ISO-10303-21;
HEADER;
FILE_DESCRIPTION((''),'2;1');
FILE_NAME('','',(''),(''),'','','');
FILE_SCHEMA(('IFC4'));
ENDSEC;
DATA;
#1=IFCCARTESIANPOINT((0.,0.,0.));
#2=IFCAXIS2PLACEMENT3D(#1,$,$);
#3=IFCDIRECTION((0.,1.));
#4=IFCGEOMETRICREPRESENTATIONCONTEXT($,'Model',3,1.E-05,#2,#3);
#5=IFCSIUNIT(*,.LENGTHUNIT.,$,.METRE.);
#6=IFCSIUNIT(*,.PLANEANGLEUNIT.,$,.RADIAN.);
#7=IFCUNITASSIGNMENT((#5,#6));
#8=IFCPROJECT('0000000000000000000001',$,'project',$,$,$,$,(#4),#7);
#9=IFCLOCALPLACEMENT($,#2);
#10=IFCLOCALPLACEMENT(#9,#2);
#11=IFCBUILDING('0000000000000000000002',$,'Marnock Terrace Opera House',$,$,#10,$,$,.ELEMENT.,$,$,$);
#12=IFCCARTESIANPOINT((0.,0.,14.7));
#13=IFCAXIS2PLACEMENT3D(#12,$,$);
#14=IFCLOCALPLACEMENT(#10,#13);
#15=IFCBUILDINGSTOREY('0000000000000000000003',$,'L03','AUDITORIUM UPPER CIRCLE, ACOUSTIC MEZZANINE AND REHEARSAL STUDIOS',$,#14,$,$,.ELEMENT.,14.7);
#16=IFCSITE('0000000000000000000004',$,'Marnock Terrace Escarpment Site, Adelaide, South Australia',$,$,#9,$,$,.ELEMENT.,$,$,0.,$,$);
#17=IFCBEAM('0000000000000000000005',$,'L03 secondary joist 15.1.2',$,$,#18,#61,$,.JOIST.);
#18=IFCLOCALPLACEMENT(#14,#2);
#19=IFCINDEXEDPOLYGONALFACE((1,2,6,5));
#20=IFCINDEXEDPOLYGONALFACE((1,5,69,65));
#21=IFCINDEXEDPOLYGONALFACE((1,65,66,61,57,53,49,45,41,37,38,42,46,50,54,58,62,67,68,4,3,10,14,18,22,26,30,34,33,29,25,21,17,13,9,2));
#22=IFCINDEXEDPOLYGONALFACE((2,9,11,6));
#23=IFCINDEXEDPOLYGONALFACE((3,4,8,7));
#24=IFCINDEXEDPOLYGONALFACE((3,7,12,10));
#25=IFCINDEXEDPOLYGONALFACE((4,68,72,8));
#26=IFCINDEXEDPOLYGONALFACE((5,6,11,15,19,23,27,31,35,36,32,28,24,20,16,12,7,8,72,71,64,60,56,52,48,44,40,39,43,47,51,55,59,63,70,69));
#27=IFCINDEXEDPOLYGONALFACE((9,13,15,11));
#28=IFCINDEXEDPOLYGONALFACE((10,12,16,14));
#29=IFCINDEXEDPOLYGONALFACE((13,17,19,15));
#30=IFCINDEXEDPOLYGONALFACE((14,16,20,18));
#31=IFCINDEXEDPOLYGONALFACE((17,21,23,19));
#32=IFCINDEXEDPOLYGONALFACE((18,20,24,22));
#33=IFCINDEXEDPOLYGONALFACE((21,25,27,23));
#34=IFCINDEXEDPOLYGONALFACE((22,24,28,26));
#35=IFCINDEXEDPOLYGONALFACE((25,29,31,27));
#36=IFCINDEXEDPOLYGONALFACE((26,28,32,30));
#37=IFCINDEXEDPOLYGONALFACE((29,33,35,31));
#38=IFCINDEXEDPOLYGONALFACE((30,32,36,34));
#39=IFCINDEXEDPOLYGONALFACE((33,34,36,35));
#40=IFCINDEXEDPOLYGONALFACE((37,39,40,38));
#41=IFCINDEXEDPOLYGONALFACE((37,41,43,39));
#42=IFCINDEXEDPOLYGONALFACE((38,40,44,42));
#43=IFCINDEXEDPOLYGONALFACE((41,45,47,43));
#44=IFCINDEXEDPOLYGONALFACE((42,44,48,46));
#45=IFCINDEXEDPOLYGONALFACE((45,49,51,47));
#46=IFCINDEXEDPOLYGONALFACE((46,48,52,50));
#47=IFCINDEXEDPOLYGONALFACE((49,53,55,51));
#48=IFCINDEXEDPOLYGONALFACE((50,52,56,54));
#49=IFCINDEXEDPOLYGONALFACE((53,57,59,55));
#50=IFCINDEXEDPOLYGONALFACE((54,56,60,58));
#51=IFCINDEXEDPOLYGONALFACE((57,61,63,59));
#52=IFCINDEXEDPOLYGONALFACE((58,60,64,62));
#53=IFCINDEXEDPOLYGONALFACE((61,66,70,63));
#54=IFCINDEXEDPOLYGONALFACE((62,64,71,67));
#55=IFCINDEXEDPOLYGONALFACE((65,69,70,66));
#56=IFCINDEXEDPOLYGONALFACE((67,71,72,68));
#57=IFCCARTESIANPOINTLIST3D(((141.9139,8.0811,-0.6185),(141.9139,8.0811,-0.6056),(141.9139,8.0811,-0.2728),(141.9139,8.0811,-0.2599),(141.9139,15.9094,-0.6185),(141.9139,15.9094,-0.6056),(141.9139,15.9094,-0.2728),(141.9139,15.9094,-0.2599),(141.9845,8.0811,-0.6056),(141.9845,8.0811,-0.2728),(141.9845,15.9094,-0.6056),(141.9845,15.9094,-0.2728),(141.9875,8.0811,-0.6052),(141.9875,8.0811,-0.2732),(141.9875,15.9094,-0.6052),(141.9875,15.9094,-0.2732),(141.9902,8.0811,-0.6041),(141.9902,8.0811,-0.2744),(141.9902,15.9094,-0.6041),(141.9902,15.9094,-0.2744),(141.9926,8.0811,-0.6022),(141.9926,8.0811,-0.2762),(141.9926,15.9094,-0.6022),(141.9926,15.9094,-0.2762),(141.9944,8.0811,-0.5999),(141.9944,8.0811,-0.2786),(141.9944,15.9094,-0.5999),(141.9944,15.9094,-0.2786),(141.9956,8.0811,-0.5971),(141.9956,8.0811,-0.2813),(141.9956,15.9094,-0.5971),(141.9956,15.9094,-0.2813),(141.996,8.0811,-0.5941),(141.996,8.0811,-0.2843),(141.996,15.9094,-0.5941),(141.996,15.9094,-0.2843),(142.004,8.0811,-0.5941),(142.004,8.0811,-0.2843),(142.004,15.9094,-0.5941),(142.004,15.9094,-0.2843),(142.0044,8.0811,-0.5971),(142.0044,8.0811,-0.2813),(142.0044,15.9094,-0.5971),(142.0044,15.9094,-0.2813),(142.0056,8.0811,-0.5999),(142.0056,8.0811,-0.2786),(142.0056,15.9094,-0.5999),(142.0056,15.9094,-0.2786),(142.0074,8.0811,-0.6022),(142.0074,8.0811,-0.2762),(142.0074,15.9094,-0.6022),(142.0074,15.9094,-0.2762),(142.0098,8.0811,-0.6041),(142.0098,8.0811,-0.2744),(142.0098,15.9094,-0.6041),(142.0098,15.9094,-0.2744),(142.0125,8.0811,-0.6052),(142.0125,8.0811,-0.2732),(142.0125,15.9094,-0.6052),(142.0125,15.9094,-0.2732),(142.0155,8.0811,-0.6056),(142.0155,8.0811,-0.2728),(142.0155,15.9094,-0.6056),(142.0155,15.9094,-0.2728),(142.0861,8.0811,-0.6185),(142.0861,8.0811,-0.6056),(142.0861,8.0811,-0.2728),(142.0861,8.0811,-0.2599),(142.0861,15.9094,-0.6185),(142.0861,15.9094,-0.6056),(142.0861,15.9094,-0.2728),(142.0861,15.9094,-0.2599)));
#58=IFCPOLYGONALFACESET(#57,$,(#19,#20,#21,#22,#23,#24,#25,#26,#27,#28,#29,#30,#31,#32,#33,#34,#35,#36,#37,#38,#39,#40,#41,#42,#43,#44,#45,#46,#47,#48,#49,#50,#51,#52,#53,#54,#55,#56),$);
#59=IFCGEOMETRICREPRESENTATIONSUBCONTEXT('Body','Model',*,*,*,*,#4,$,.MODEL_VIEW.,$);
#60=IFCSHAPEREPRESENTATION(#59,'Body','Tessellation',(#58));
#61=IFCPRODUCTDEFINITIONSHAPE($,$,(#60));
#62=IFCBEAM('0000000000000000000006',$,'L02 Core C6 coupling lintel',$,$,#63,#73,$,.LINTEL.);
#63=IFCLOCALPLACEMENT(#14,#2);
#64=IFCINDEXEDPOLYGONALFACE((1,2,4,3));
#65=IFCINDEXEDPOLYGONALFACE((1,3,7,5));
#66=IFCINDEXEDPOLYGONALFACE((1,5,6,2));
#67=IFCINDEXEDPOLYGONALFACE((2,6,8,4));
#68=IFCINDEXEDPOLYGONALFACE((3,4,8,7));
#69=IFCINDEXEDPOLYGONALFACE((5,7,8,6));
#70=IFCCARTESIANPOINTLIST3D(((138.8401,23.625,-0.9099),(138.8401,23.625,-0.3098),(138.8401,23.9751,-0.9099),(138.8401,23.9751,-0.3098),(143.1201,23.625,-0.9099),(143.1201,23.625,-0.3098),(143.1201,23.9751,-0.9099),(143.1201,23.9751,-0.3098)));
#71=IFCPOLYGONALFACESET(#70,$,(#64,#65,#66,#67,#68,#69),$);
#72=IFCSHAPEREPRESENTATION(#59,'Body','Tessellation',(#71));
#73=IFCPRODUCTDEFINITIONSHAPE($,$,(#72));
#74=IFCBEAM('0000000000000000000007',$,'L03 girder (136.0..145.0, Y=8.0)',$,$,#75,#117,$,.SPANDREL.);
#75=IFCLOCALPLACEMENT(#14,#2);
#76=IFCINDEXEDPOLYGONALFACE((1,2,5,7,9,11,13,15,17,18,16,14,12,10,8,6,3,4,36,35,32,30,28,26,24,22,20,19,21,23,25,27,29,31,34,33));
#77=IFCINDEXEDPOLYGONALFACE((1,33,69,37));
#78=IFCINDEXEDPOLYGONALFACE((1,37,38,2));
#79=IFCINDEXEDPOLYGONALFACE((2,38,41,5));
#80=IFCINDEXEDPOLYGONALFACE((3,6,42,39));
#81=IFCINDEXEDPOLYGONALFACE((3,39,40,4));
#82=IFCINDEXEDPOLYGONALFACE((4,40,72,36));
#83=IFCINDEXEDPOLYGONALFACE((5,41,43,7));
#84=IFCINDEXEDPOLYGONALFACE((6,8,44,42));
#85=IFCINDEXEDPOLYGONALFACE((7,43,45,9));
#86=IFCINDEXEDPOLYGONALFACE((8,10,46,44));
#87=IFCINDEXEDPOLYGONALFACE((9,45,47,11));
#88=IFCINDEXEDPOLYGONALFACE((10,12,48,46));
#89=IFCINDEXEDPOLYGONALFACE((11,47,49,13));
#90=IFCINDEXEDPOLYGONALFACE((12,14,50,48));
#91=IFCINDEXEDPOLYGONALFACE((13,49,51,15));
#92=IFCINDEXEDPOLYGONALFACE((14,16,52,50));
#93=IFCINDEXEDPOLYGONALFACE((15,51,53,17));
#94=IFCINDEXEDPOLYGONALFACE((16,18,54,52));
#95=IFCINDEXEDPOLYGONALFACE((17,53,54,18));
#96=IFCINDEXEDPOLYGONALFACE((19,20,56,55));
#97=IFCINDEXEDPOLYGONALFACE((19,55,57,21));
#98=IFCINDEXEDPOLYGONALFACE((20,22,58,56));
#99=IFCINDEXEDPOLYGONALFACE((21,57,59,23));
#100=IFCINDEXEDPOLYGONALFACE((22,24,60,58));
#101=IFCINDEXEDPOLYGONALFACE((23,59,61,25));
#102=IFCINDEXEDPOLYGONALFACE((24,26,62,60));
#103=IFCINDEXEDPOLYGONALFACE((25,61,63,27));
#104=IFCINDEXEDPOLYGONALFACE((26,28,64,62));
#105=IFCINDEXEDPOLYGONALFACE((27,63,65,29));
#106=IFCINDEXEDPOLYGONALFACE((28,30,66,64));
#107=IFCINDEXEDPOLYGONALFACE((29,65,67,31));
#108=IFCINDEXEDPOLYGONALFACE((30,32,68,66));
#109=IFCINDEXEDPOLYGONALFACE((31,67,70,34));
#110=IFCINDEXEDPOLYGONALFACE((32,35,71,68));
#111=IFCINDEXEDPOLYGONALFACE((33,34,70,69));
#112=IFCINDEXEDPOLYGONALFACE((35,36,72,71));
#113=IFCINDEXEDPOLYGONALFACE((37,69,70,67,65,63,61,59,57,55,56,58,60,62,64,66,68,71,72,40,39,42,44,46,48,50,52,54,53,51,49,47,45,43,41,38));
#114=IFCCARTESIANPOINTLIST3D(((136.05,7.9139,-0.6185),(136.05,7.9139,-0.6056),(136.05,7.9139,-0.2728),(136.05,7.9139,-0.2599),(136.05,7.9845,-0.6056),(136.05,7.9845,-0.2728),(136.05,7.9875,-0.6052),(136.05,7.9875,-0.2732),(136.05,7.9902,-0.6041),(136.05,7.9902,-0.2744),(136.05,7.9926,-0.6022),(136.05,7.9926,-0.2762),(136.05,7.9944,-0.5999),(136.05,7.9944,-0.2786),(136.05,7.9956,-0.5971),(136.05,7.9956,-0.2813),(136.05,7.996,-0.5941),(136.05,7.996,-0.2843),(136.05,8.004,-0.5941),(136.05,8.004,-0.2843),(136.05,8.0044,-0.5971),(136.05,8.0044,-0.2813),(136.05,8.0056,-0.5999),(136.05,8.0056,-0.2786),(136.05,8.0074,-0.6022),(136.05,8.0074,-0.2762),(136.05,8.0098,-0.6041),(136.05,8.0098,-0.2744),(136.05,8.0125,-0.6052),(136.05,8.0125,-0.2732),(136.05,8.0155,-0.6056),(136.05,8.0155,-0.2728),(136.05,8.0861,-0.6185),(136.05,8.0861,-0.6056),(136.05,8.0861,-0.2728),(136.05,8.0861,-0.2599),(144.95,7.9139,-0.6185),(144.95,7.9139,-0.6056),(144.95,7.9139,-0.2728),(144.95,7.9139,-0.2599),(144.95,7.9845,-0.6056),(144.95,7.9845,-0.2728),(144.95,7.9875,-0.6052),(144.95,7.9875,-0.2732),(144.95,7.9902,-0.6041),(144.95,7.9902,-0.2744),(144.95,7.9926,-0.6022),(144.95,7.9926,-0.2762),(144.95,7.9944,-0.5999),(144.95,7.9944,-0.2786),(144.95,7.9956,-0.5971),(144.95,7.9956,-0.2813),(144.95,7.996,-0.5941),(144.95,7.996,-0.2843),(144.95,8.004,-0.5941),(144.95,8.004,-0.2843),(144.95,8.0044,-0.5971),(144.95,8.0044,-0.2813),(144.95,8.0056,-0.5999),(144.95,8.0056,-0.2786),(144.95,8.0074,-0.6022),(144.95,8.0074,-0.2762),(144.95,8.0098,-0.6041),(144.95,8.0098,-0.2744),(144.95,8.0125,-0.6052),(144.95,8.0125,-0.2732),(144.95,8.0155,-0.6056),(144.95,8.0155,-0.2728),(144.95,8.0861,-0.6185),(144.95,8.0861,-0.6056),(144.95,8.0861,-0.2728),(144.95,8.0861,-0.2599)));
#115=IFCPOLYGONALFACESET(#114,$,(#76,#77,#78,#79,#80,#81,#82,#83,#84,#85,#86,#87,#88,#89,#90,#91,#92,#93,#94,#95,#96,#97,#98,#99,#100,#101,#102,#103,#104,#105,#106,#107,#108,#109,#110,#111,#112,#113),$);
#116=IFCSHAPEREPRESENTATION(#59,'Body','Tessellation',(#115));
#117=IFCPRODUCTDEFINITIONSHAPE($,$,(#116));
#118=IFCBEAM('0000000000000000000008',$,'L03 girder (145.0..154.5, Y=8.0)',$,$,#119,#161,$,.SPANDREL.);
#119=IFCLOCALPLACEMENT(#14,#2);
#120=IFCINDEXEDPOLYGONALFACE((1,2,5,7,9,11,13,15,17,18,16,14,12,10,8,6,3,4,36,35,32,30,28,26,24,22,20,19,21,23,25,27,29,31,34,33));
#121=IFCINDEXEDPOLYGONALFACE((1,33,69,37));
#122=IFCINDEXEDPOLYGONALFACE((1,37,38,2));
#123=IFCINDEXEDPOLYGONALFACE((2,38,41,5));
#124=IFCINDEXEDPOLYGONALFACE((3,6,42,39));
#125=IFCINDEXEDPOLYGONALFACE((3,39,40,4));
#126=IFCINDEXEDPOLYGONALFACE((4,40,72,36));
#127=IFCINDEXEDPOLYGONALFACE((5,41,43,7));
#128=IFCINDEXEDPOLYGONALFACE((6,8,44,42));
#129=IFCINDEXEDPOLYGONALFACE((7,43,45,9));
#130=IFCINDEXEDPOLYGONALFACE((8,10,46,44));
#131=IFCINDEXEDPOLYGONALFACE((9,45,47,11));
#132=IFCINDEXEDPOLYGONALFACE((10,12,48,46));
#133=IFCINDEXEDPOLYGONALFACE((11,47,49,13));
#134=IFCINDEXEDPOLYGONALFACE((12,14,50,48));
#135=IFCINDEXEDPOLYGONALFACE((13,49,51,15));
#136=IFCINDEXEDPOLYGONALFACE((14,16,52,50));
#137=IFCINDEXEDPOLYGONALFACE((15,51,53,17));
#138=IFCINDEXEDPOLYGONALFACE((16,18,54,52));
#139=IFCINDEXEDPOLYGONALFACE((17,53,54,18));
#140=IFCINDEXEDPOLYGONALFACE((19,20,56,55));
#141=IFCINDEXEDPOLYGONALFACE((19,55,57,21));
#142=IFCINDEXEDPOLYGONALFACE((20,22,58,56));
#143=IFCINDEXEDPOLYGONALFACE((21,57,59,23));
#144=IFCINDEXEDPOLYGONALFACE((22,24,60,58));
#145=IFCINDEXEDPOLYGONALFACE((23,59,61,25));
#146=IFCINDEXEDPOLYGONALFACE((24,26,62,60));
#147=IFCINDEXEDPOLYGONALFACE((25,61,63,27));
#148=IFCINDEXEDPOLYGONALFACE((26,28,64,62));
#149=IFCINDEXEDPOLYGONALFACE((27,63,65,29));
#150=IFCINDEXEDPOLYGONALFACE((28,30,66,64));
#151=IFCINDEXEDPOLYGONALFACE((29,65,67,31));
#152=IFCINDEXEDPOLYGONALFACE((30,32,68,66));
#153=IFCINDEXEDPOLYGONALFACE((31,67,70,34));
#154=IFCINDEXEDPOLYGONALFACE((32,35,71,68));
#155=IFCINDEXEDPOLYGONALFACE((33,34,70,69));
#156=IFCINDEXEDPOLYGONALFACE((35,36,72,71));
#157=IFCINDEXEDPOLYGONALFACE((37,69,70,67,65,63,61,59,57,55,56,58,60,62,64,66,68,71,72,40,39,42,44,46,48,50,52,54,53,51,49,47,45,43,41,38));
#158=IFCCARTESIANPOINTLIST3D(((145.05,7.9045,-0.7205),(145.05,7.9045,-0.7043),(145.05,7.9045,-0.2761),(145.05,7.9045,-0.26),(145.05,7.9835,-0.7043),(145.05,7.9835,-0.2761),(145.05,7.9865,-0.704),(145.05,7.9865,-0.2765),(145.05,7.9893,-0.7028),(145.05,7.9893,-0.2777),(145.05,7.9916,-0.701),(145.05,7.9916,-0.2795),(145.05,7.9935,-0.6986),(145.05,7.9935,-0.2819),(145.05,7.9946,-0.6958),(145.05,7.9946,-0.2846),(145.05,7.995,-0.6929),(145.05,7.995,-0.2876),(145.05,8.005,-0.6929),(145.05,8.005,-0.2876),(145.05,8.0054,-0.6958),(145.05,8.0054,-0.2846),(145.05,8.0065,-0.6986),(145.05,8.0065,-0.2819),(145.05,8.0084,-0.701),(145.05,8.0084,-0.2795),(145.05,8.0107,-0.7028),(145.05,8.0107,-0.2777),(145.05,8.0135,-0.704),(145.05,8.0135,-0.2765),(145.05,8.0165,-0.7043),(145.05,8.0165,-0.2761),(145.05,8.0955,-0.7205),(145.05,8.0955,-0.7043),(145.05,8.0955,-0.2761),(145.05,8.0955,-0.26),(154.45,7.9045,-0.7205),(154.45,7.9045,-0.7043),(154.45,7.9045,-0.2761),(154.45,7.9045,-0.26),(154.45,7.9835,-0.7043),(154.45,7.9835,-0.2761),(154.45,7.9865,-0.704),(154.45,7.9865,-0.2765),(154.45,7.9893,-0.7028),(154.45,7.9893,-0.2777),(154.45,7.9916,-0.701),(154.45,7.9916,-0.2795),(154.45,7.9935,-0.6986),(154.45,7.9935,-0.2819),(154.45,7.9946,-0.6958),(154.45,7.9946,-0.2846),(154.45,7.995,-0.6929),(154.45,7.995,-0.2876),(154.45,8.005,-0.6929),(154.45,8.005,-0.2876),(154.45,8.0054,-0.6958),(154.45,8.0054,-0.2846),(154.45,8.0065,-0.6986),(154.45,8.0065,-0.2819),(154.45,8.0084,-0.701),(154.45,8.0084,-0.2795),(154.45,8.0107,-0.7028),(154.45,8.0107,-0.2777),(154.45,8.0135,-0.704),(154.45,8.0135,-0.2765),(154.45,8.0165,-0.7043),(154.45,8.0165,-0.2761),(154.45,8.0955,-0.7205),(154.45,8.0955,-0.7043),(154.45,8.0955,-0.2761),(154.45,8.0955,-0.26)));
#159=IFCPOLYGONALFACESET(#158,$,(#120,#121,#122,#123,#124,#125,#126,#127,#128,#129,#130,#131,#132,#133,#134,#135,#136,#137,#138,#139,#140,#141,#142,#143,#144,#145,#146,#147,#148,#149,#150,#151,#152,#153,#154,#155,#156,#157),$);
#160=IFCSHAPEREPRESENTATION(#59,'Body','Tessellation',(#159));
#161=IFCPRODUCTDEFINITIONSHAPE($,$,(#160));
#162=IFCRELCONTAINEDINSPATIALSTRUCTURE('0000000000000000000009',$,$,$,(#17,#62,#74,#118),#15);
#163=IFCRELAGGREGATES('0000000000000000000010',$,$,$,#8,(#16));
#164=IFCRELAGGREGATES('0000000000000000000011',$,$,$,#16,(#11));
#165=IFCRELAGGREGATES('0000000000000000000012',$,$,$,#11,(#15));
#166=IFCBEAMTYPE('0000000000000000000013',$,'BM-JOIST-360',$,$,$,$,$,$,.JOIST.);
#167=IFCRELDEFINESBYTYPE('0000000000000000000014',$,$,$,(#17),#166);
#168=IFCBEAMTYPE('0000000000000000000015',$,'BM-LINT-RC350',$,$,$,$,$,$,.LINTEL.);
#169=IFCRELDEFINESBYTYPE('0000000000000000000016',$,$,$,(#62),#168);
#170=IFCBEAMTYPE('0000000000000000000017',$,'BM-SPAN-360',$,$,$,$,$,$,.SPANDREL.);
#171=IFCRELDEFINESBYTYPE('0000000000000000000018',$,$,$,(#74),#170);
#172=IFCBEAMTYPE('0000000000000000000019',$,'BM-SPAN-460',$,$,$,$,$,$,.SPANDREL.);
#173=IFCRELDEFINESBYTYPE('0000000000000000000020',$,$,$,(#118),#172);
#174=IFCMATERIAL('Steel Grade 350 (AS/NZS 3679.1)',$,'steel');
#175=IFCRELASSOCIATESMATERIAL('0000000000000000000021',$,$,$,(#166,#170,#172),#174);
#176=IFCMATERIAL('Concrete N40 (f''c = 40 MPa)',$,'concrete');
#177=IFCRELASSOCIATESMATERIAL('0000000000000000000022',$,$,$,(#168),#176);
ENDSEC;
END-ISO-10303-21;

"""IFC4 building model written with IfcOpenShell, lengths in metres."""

from ifc_helpers import new_model, si_unit, direction, frame, origin, origin_2d, place, context, subcontext, project, spatial, rectangle, i_section, extrude, material, material_profile, profile_set, type_object, element, save


model = new_model("IFC4")

# Units and contexts
model_context = context("Model", 3, precision=1e-05, world=origin(), true_north=direction((0.0, 1.0)))
body_context = subcontext(model_context, "Body", "Model", "MODEL_VIEW")
ifc_project = project(units=[si_unit("LENGTHUNIT", "METRE"), si_unit("PLANEANGLEUNIT", "RADIAN")], contexts=[model_context])

# Site, building, storey
site_placement = place(None, origin())
site = spatial("IfcSite", under=ifc_project, at=site_placement, Name="Marnock Terrace Escarpment Site, Adelaide, South Australia", CompositionType="ELEMENT", RefElevation=0.0)
building_placement = place(site_placement, origin())
building = spatial("IfcBuilding", under=site, at=building_placement, Name="Marnock Terrace Opera House", CompositionType="ELEMENT")
storey_placement = place(building_placement, frame((0.0, 0.0, 14.7)))
storey = spatial("IfcBuildingStorey", under=building, at=storey_placement, Name="L03", Description="AUDITORIUM UPPER CIRCLE, ACOUSTIC MEZZANINE AND REHEARSAL STUDIOS", CompositionType="ELEMENT", Elevation=14.7)

# Shared definitions
ifc_material_1 = material(Name="Concrete N40 (f'c = 40 MPa)", Category="concrete")

# Beams
ifc_material_2 = material(Name="Steel Grade 350 (AS/NZS 3679.1)", Category="steel")
ifc_material_profile_1 = material_profile(ifc_material_2, i_section(OverallWidth=0.1721, OverallDepth=0.3586, WebThickness=0.0081, FlangeThickness=0.0129, FilletRadius=0.0115, at=origin_2d()))
ifc_profile_set_1 = profile_set([ifc_material_profile_1], Name="Steel Grade 350 (AS/NZS 3679.1)")
beam_type_1 = type_object("IfcBeamType", Name="BM-JOIST-360", PredefinedType="JOIST", material=ifc_profile_set_1)
for number, where, z_axis, x_axis, name in (
    (1, (142.0, 8.0811, -0.4392), (0.0, 1.0, 0.0), (-1.0, 0.0, 0.0), "L03 secondary joist 15.1.2"),
):
    element("IfcBeam", number, at=place(storey_placement, frame(where, z_axis=z_axis, x_axis=x_axis)), inside=storey, type_object=beam_type_1, Name=name, PredefinedType="JOIST", context=body_context, shape_type="SweptSolid", body=[
        extrude(i_section(OverallWidth=0.1721, OverallDepth=0.3586, WebThickness=0.0081, FlangeThickness=0.0129, FilletRadius=0.0115, at=origin_2d()), origin(), (0.0, 0.0, 1.0), 7.8284),
    ])
ifc_material_profile_2 = material_profile(ifc_material_1, rectangle(XDim=0.3501, YDim=0.6001, at=origin_2d()))
ifc_profile_set_2 = profile_set([ifc_material_profile_2], Name="Concrete N40 (f'c = 40 MPa)")
beam_type_2 = type_object("IfcBeamType", Name="BM-LINT-RC350", PredefinedType="LINTEL", material=ifc_profile_set_2)
beam_1_placement = place(storey_placement, frame((138.8401, 23.8, -0.6099), z_axis=(1.0, 0.0, 0.0), x_axis=(0.0, 1.0, 0.0)))
element("IfcBeam", 2, at=beam_1_placement, inside=storey, type_object=beam_type_2, Name="L02 Core C6 coupling lintel", PredefinedType="LINTEL", context=body_context, shape_type="SweptSolid", body=[
    extrude(rectangle(XDim=0.3501, YDim=0.6001, at=origin_2d()), origin(), (0.0, 0.0, 1.0), 4.28),
])
ifc_material_profile_3 = material_profile(ifc_material_2, i_section(OverallWidth=0.1721, OverallDepth=0.3586, WebThickness=0.0081, FlangeThickness=0.0129, FilletRadius=0.0115, at=origin_2d()))
ifc_profile_set_3 = profile_set([ifc_material_profile_3], Name="Steel Grade 350 (AS/NZS 3679.1)")
beam_type_3 = type_object("IfcBeamType", Name="BM-SPAN-360", PredefinedType="SPANDREL", material=ifc_profile_set_3)
beam_2_placement = place(storey_placement, frame((136.05, 8.0, -0.4392), z_axis=(1.0, 0.0, 0.0), x_axis=(0.0, 1.0, 0.0)))
element("IfcBeam", 3, at=beam_2_placement, inside=storey, type_object=beam_type_3, Name="L03 girder (136.0..145.0, Y=8.0)", PredefinedType="SPANDREL", context=body_context, shape_type="SweptSolid", body=[
    extrude(i_section(OverallWidth=0.1721, OverallDepth=0.3586, WebThickness=0.0081, FlangeThickness=0.0129, FilletRadius=0.0115, at=origin_2d()), origin(), (0.0, 0.0, 1.0), 8.8999),
])
ifc_material_profile_4 = material_profile(ifc_material_2, i_section(OverallWidth=0.1909, OverallDepth=0.4604, WebThickness=0.01, FlangeThickness=0.0161, FilletRadius=0.0115, at=origin_2d()))
ifc_profile_set_4 = profile_set([ifc_material_profile_4], Name="Steel Grade 350 (AS/NZS 3679.1)")
beam_type_4 = type_object("IfcBeamType", Name="BM-SPAN-460", PredefinedType="SPANDREL", material=ifc_profile_set_4)
beam_3_placement = place(storey_placement, frame((145.05, 8.0, -0.4902), z_axis=(1.0, 0.0, 0.0), x_axis=(0.0, 1.0, 0.0)))
element("IfcBeam", 4, at=beam_3_placement, inside=storey, type_object=beam_type_4, Name="L03 girder (145.0..154.5, Y=8.0)", PredefinedType="SPANDREL", context=body_context, shape_type="SweptSolid", body=[
    extrude(i_section(OverallWidth=0.1909, OverallDepth=0.4604, WebThickness=0.01, FlangeThickness=0.0161, FilletRadius=0.0115, at=origin_2d()), origin(), (0.0, 0.0, 1.0), 9.3999),
])

save(model, "model.ifc")
